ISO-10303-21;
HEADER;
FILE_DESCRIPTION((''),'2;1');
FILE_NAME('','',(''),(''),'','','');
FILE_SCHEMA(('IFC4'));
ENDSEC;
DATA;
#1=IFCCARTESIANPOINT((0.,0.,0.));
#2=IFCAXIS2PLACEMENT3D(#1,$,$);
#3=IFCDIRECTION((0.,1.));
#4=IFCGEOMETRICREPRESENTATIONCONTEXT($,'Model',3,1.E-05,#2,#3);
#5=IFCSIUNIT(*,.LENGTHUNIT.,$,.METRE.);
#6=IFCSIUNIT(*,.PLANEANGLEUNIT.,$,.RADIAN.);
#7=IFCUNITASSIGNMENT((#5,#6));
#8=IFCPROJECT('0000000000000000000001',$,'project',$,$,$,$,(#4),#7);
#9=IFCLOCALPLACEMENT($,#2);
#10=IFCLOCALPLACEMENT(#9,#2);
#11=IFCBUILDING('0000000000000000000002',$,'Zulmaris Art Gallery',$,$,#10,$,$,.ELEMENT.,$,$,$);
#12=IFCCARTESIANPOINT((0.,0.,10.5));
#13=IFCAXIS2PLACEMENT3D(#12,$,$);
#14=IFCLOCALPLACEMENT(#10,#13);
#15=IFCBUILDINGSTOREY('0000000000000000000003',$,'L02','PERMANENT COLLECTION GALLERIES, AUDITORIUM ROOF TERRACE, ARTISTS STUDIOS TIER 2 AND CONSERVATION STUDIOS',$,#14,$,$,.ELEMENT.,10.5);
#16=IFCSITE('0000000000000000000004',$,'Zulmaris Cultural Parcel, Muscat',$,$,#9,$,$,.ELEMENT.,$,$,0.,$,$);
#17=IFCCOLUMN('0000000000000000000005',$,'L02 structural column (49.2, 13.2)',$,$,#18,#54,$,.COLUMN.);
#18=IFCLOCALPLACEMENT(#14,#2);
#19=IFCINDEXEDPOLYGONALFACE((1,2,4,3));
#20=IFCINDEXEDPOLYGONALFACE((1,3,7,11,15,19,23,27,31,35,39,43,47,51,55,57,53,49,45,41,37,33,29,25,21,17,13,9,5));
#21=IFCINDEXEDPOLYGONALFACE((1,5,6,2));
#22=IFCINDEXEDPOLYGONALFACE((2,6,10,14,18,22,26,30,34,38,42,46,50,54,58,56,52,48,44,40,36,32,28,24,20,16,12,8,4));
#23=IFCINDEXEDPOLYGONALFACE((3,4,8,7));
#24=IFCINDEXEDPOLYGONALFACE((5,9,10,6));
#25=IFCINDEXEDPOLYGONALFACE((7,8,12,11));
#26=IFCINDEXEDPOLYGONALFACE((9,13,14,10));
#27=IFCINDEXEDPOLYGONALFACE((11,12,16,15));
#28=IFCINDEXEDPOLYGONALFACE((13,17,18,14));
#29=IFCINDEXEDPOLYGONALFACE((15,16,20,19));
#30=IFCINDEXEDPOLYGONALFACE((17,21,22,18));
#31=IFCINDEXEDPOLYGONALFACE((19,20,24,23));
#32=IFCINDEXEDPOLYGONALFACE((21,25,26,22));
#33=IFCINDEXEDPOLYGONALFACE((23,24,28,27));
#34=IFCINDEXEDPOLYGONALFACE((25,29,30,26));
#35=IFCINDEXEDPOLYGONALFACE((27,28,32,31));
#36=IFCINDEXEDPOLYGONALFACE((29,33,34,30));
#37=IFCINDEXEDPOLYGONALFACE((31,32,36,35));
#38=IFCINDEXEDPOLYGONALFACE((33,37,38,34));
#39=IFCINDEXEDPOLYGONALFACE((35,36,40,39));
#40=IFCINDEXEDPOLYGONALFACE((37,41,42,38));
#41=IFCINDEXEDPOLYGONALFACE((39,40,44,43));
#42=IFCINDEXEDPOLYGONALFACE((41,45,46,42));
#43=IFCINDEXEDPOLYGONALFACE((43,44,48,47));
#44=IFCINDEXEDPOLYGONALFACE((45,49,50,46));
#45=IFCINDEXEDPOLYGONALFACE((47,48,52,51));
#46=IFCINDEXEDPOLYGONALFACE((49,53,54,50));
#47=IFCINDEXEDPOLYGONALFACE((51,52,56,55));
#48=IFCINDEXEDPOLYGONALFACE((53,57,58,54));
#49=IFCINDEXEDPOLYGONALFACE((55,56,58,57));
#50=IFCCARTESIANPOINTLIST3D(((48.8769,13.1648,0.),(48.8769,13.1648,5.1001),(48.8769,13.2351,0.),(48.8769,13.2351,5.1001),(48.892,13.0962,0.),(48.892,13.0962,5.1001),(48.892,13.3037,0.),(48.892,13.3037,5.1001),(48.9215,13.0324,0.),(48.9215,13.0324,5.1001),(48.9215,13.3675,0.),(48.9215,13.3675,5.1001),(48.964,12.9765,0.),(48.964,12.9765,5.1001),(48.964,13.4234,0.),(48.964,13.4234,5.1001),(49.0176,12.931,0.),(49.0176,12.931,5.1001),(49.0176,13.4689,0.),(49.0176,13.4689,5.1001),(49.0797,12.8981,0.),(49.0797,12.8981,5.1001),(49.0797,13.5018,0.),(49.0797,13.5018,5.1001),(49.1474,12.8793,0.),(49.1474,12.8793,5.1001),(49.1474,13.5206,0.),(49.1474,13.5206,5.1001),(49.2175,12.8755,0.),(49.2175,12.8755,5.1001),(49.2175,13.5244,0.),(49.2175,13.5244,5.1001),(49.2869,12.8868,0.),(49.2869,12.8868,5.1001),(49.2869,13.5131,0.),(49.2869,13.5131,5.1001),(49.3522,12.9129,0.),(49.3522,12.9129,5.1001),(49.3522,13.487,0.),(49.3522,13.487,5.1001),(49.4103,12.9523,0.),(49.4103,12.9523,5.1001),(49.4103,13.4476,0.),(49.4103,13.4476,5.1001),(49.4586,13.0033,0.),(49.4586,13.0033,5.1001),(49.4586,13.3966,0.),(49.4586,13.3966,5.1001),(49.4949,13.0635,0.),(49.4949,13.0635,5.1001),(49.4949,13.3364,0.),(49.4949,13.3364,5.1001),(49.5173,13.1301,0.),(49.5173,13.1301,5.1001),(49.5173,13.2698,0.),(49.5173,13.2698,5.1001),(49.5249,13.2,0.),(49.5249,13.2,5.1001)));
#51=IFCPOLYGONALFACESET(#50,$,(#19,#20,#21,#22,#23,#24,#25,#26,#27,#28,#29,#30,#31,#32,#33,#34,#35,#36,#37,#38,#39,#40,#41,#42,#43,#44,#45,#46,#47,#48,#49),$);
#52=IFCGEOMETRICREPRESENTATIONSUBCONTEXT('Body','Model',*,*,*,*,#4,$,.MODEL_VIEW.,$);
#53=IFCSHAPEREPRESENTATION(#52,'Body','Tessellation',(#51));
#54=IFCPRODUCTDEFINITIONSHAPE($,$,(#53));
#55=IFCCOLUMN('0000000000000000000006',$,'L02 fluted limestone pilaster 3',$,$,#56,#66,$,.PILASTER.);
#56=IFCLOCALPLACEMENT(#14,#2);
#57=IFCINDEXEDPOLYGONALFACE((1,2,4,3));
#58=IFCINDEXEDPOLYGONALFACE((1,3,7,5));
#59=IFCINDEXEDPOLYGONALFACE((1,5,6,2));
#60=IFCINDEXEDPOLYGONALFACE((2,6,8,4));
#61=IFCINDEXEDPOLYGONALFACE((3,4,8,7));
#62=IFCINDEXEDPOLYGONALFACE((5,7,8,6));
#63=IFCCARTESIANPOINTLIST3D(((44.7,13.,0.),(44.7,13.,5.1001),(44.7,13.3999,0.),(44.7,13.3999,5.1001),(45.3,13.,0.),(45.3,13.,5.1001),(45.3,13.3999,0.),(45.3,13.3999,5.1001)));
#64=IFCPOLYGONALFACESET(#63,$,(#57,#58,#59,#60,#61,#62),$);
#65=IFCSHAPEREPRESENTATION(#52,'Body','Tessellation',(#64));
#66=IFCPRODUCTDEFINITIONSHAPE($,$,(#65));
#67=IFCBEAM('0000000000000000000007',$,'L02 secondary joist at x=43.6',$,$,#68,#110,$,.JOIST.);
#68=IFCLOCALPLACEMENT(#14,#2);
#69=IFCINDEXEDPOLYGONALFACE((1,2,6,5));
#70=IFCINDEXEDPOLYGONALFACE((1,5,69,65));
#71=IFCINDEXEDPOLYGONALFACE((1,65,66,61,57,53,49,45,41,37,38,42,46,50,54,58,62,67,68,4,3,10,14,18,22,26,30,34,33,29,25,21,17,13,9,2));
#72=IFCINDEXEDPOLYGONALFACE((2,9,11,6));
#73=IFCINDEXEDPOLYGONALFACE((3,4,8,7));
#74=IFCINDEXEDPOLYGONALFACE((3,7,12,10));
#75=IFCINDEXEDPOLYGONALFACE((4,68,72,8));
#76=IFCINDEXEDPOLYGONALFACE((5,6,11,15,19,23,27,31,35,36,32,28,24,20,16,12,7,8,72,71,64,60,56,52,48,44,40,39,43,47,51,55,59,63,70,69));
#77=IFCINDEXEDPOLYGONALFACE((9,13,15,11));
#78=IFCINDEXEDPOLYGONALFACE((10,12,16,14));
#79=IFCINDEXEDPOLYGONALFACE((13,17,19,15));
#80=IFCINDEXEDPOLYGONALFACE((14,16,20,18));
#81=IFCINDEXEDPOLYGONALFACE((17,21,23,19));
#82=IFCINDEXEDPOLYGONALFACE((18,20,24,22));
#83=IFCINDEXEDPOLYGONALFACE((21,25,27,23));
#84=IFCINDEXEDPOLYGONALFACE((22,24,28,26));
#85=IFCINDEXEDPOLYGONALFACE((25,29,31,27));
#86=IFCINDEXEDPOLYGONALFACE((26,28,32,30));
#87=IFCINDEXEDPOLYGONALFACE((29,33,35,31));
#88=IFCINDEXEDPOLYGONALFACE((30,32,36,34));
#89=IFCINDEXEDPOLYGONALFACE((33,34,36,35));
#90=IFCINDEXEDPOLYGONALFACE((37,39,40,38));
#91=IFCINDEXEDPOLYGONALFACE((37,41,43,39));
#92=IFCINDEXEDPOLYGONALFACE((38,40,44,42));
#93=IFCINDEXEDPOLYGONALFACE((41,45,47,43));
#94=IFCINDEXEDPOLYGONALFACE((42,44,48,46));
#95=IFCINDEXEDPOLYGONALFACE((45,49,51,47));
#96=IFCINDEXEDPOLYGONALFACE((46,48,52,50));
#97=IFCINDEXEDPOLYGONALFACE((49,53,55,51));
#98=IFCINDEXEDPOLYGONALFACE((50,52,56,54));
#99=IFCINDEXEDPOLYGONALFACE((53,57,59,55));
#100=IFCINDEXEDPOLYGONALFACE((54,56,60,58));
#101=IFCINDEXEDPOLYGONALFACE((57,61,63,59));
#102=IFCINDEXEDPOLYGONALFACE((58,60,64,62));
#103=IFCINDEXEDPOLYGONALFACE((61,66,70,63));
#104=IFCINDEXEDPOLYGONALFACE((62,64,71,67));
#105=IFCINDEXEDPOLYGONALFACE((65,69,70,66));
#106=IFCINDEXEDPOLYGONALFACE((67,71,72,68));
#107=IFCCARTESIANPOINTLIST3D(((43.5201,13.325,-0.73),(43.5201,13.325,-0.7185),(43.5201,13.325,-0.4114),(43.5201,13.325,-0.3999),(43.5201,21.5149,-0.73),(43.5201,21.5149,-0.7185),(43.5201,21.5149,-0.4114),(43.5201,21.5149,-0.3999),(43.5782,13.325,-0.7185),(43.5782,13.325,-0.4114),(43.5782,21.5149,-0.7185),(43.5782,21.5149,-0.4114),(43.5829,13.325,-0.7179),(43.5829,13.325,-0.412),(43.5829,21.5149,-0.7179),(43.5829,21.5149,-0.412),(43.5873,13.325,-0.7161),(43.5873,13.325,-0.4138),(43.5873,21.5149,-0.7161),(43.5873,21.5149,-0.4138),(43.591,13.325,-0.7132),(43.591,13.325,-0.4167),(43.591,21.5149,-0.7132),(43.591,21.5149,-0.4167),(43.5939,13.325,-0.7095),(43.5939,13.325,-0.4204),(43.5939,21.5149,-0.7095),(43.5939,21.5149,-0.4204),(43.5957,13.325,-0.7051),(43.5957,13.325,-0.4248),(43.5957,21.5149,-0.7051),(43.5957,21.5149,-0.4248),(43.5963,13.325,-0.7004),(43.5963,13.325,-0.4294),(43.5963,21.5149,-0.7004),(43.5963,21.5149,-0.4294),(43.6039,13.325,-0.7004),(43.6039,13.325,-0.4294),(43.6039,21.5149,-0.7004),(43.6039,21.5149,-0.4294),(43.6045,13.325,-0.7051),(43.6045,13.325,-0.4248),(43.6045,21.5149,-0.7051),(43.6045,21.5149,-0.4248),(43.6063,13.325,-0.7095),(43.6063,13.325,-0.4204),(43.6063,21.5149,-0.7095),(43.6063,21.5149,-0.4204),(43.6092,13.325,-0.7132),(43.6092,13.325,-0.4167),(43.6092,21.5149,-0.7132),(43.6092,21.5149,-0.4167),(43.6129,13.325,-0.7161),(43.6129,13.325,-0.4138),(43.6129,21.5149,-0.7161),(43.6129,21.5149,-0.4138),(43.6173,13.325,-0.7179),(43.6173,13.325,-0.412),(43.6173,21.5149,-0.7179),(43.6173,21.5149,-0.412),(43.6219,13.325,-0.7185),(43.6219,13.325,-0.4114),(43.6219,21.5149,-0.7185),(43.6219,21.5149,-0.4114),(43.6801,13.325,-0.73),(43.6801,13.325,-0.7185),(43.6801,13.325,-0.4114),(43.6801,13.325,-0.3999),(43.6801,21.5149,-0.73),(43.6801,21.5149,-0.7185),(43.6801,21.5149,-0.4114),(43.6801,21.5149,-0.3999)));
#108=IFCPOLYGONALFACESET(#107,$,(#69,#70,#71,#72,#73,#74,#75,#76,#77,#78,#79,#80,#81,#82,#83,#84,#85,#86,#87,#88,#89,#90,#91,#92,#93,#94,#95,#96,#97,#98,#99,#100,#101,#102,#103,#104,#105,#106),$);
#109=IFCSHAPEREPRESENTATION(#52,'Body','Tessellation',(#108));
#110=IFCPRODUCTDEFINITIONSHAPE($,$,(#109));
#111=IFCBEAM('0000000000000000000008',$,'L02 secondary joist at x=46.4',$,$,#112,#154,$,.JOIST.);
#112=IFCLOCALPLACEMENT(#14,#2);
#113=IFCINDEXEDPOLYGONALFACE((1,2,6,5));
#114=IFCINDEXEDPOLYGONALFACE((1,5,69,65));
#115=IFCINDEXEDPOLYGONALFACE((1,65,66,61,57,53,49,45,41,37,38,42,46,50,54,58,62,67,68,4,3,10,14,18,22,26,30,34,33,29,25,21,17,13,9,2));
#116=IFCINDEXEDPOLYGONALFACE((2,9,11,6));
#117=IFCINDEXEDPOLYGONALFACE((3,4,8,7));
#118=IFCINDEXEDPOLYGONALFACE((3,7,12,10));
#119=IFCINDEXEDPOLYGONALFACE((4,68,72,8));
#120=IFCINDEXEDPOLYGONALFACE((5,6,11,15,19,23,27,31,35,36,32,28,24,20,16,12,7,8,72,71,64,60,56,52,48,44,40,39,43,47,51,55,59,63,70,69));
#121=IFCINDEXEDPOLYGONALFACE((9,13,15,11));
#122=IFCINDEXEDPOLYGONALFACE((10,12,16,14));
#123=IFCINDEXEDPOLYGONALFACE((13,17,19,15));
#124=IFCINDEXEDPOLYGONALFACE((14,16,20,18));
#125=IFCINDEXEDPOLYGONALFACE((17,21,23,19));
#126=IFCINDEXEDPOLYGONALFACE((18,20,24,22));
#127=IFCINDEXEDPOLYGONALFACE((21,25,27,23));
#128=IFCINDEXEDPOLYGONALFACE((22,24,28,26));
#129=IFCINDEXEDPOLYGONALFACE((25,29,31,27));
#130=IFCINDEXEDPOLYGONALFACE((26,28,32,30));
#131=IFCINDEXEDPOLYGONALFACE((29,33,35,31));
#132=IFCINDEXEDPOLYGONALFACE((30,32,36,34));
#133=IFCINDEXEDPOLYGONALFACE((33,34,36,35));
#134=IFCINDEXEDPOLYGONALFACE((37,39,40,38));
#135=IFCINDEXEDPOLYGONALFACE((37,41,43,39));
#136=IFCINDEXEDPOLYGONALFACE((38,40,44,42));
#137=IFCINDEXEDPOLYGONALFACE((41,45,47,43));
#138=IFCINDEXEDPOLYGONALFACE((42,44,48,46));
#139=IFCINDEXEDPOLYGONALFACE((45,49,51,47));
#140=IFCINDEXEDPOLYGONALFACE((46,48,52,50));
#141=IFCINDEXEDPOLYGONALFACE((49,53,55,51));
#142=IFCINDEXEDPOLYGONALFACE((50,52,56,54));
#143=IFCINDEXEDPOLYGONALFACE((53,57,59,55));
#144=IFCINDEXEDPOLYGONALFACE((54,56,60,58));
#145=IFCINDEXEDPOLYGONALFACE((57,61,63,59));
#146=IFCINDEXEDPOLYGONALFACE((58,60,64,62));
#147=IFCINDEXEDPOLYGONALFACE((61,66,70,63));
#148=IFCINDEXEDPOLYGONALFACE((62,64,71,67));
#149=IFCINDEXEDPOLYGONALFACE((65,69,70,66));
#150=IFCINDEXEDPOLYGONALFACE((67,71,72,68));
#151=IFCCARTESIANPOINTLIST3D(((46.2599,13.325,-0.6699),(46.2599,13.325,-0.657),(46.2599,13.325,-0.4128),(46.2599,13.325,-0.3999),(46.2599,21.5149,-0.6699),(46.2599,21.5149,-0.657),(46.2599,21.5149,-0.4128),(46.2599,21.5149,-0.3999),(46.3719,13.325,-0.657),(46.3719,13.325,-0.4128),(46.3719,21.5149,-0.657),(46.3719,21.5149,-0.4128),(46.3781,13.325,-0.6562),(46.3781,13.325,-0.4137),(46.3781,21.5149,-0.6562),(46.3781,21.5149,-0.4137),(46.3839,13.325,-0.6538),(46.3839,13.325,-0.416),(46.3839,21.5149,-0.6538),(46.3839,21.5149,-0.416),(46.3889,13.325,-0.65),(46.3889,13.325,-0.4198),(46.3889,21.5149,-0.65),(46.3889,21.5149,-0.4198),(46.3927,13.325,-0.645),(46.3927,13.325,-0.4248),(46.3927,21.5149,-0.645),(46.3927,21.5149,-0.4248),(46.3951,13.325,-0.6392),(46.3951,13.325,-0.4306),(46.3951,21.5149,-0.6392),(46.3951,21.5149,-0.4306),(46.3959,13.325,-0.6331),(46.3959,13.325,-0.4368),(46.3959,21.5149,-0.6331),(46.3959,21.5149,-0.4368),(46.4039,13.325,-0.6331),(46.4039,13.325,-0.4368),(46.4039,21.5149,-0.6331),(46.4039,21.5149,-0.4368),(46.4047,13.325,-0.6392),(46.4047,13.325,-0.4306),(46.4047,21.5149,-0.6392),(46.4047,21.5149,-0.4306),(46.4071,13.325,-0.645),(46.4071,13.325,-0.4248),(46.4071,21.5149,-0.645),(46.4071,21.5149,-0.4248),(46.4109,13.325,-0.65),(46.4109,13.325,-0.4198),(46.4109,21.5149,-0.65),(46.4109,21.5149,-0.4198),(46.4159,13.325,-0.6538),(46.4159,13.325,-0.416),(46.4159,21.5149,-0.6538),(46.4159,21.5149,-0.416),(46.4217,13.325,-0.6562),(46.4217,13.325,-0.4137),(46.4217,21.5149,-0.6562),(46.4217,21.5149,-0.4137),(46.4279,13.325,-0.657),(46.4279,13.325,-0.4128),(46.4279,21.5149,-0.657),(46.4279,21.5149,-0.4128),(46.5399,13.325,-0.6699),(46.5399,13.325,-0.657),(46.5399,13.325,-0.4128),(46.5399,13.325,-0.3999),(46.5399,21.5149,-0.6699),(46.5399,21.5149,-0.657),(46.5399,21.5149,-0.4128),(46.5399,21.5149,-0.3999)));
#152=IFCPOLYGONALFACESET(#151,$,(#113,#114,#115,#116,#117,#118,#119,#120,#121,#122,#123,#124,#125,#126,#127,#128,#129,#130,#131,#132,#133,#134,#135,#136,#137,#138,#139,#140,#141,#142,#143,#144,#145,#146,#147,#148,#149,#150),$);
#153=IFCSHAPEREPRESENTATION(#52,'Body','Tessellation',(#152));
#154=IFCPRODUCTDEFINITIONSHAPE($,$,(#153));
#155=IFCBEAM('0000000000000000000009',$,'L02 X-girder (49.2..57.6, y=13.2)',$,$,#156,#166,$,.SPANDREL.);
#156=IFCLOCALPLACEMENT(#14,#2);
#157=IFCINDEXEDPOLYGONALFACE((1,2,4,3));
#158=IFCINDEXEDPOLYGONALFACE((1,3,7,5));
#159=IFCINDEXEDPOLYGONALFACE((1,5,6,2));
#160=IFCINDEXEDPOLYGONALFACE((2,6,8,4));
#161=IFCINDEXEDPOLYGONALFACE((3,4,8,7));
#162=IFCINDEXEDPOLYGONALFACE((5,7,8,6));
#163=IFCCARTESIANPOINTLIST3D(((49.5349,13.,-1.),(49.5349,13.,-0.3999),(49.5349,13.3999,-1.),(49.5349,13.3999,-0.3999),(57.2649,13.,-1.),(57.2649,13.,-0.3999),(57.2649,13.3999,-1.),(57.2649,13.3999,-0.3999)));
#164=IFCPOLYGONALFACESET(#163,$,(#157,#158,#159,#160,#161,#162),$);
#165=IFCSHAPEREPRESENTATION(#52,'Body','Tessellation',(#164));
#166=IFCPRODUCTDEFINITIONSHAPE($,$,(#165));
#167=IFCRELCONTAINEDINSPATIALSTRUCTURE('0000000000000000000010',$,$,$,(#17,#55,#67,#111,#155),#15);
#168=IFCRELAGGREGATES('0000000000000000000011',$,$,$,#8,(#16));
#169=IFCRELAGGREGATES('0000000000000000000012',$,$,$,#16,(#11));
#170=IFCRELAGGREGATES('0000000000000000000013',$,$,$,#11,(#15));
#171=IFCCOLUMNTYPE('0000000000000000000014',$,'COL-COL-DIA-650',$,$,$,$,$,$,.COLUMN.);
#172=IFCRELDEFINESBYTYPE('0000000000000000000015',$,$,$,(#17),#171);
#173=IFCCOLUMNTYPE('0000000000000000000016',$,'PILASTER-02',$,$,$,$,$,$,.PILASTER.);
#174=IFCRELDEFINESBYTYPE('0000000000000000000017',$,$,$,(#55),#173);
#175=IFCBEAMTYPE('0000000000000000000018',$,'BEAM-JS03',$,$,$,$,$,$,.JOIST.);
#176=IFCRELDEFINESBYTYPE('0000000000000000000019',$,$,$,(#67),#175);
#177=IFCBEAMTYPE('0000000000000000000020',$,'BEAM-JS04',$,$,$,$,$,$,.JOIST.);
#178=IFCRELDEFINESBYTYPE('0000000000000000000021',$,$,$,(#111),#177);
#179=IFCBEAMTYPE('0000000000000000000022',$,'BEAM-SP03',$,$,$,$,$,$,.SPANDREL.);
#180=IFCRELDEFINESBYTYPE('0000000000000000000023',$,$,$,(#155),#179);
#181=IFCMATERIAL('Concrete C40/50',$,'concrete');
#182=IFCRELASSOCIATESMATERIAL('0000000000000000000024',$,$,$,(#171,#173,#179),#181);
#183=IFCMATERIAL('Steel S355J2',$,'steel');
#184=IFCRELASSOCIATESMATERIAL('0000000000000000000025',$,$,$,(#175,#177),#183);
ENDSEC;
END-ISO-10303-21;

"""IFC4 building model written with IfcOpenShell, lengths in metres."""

from ifc_helpers import new_model, si_unit, direction, frame, origin, origin_2d, place, context, subcontext, project, spatial, rectangle, circle, i_section, extrude, material, material_profile, profile_set, type_object, element, save


model = new_model("IFC4")

# Units and contexts
model_context = context("Model", 3, precision=1e-05, world=origin(), true_north=direction((0.0, 1.0)))
body_context = subcontext(model_context, "Body", "Model", "MODEL_VIEW")
ifc_project = project(units=[si_unit("LENGTHUNIT", "METRE"), si_unit("PLANEANGLEUNIT", "RADIAN")], contexts=[model_context])

# Site, building, storey
site_placement = place(None, origin())
site = spatial("IfcSite", under=ifc_project, at=site_placement, Name="Zulmaris Cultural Parcel, Muscat", CompositionType="ELEMENT", RefElevation=0.0)
building_placement = place(site_placement, origin())
building = spatial("IfcBuilding", under=site, at=building_placement, Name="Zulmaris Art Gallery", CompositionType="ELEMENT")
storey_placement = place(building_placement, frame((0.0, 0.0, 10.5)))
storey = spatial("IfcBuildingStorey", under=building, at=storey_placement, Name="L02", Description="PERMANENT COLLECTION GALLERIES, AUDITORIUM ROOF TERRACE, ARTISTS STUDIOS TIER 2 AND CONSERVATION STUDIOS", CompositionType="ELEMENT", Elevation=10.5)

# Columns
ifc_material_1 = material(Name="Concrete C40/50", Category="concrete")
ifc_material_profile_1 = material_profile(ifc_material_1, circle(Radius=0.325, at=origin_2d()), Name="COL DIA 650")
ifc_profile_set_1 = profile_set([ifc_material_profile_1], Name="Concrete C40/50")
column_type_1 = type_object("IfcColumnType", Name="COL-COL-DIA-650", PredefinedType="COLUMN", material=ifc_profile_set_1)
column_1_placement = place(storey_placement, frame((49.2, 13.2, 0.0), z_axis=(0.0, 0.0, 1.0), x_axis=(1.0, 0.0, 0.0)))
element("IfcColumn", 1, at=column_1_placement, inside=storey, type_object=column_type_1, Name="L02 structural column (49.2, 13.2)", PredefinedType="COLUMN", context=body_context, shape_type="SweptSolid", body=[
    extrude(circle(Radius=0.325, at=origin_2d()), origin(), (0.0, 0.0, 1.0), 5.1001),
])
ifc_material_profile_2 = material_profile(ifc_material_1, rectangle(XDim=0.6001, YDim=0.3999, at=origin_2d()), Name="PIL 600x400")
ifc_profile_set_2 = profile_set([ifc_material_profile_2], Name="Concrete C40/50")
column_type_2 = type_object("IfcColumnType", Name="PILASTER-02", PredefinedType="PILASTER", material=ifc_profile_set_2)
column_2_placement = place(storey_placement, frame((45.0, 13.2, 0.0), z_axis=(0.0, 0.0, 1.0), x_axis=(1.0, 0.0, 0.0)))
element("IfcColumn", 2, at=column_2_placement, inside=storey, type_object=column_type_2, Name="L02 fluted limestone pilaster 3", PredefinedType="PILASTER", context=body_context, shape_type="SweptSolid", body=[
    extrude(rectangle(XDim=0.6001, YDim=0.3999, at=origin_2d()), origin(), (0.0, 0.0, 1.0), 5.1001),
])

# Beams
ifc_material_2 = material(Name="Steel S355J2", Category="steel")
ifc_material_profile_3 = material_profile(ifc_material_2, i_section(OverallWidth=0.1599, OverallDepth=0.3301, WebThickness=0.0076, FlangeThickness=0.0115, FilletRadius=0.0181, at=origin_2d()), Name="IPE 330")
ifc_profile_set_3 = profile_set([ifc_material_profile_3], Name="Steel S355J2")
beam_type_1 = type_object("IfcBeamType", Name="BEAM-JS03", PredefinedType="JOIST", material=ifc_profile_set_3)
beam_1_placement = place(storey_placement, frame((43.6001, 13.325, -0.5649), z_axis=(0.0, 1.0, 0.0), x_axis=(-1.0, 0.0, 0.0)))
element("IfcBeam", 3, at=beam_1_placement, inside=storey, type_object=beam_type_1, Name="L02 secondary joist at x=43.6", PredefinedType="JOIST", context=body_context, shape_type="SweptSolid", body=[
    extrude(i_section(OverallWidth=0.1599, OverallDepth=0.3301, WebThickness=0.0076, FlangeThickness=0.0115, FilletRadius=0.0181, at=origin_2d()), origin(), (0.0, 0.0, 1.0), 8.1899),
])
ifc_material_profile_4 = material_profile(ifc_material_2, i_section(OverallWidth=0.28, OverallDepth=0.27, WebThickness=0.0081, FlangeThickness=0.0129, FilletRadius=0.0239, at=origin_2d()), Name="HEA 280")
ifc_profile_set_4 = profile_set([ifc_material_profile_4], Name="Steel S355J2")
beam_type_2 = type_object("IfcBeamType", Name="BEAM-JS04", PredefinedType="JOIST", material=ifc_profile_set_4)
beam_2_placement = place(storey_placement, frame((46.3999, 13.325, -0.5349), z_axis=(0.0, 1.0, 0.0), x_axis=(-1.0, 0.0, 0.0)))
element("IfcBeam", 4, at=beam_2_placement, inside=storey, type_object=beam_type_2, Name="L02 secondary joist at x=46.4", PredefinedType="JOIST", context=body_context, shape_type="SweptSolid", body=[
    extrude(i_section(OverallWidth=0.28, OverallDepth=0.27, WebThickness=0.0081, FlangeThickness=0.0129, FilletRadius=0.0239, at=origin_2d()), origin(), (0.0, 0.0, 1.0), 8.1899),
])
ifc_material_profile_5 = material_profile(ifc_material_1, rectangle(XDim=0.3999, YDim=0.6001, at=origin_2d()), Name="RC 400x600")
ifc_profile_set_5 = profile_set([ifc_material_profile_5], Name="Concrete C40/50")
beam_type_3 = type_object("IfcBeamType", Name="BEAM-SP03", PredefinedType="SPANDREL", material=ifc_profile_set_5)
beam_3_placement = place(storey_placement, frame((49.5349, 13.2, -0.7), z_axis=(1.0, 0.0, 0.0), x_axis=(0.0, 1.0, 0.0)))
element("IfcBeam", 5, at=beam_3_placement, inside=storey, type_object=beam_type_3, Name="L02 X-girder (49.2..57.6, y=13.2)", PredefinedType="SPANDREL", context=body_context, shape_type="SweptSolid", body=[
    extrude(rectangle(XDim=0.3999, YDim=0.6001, at=origin_2d()), origin(), (0.0, 0.0, 1.0), 7.73),
])

save(model, "model.ifc")
